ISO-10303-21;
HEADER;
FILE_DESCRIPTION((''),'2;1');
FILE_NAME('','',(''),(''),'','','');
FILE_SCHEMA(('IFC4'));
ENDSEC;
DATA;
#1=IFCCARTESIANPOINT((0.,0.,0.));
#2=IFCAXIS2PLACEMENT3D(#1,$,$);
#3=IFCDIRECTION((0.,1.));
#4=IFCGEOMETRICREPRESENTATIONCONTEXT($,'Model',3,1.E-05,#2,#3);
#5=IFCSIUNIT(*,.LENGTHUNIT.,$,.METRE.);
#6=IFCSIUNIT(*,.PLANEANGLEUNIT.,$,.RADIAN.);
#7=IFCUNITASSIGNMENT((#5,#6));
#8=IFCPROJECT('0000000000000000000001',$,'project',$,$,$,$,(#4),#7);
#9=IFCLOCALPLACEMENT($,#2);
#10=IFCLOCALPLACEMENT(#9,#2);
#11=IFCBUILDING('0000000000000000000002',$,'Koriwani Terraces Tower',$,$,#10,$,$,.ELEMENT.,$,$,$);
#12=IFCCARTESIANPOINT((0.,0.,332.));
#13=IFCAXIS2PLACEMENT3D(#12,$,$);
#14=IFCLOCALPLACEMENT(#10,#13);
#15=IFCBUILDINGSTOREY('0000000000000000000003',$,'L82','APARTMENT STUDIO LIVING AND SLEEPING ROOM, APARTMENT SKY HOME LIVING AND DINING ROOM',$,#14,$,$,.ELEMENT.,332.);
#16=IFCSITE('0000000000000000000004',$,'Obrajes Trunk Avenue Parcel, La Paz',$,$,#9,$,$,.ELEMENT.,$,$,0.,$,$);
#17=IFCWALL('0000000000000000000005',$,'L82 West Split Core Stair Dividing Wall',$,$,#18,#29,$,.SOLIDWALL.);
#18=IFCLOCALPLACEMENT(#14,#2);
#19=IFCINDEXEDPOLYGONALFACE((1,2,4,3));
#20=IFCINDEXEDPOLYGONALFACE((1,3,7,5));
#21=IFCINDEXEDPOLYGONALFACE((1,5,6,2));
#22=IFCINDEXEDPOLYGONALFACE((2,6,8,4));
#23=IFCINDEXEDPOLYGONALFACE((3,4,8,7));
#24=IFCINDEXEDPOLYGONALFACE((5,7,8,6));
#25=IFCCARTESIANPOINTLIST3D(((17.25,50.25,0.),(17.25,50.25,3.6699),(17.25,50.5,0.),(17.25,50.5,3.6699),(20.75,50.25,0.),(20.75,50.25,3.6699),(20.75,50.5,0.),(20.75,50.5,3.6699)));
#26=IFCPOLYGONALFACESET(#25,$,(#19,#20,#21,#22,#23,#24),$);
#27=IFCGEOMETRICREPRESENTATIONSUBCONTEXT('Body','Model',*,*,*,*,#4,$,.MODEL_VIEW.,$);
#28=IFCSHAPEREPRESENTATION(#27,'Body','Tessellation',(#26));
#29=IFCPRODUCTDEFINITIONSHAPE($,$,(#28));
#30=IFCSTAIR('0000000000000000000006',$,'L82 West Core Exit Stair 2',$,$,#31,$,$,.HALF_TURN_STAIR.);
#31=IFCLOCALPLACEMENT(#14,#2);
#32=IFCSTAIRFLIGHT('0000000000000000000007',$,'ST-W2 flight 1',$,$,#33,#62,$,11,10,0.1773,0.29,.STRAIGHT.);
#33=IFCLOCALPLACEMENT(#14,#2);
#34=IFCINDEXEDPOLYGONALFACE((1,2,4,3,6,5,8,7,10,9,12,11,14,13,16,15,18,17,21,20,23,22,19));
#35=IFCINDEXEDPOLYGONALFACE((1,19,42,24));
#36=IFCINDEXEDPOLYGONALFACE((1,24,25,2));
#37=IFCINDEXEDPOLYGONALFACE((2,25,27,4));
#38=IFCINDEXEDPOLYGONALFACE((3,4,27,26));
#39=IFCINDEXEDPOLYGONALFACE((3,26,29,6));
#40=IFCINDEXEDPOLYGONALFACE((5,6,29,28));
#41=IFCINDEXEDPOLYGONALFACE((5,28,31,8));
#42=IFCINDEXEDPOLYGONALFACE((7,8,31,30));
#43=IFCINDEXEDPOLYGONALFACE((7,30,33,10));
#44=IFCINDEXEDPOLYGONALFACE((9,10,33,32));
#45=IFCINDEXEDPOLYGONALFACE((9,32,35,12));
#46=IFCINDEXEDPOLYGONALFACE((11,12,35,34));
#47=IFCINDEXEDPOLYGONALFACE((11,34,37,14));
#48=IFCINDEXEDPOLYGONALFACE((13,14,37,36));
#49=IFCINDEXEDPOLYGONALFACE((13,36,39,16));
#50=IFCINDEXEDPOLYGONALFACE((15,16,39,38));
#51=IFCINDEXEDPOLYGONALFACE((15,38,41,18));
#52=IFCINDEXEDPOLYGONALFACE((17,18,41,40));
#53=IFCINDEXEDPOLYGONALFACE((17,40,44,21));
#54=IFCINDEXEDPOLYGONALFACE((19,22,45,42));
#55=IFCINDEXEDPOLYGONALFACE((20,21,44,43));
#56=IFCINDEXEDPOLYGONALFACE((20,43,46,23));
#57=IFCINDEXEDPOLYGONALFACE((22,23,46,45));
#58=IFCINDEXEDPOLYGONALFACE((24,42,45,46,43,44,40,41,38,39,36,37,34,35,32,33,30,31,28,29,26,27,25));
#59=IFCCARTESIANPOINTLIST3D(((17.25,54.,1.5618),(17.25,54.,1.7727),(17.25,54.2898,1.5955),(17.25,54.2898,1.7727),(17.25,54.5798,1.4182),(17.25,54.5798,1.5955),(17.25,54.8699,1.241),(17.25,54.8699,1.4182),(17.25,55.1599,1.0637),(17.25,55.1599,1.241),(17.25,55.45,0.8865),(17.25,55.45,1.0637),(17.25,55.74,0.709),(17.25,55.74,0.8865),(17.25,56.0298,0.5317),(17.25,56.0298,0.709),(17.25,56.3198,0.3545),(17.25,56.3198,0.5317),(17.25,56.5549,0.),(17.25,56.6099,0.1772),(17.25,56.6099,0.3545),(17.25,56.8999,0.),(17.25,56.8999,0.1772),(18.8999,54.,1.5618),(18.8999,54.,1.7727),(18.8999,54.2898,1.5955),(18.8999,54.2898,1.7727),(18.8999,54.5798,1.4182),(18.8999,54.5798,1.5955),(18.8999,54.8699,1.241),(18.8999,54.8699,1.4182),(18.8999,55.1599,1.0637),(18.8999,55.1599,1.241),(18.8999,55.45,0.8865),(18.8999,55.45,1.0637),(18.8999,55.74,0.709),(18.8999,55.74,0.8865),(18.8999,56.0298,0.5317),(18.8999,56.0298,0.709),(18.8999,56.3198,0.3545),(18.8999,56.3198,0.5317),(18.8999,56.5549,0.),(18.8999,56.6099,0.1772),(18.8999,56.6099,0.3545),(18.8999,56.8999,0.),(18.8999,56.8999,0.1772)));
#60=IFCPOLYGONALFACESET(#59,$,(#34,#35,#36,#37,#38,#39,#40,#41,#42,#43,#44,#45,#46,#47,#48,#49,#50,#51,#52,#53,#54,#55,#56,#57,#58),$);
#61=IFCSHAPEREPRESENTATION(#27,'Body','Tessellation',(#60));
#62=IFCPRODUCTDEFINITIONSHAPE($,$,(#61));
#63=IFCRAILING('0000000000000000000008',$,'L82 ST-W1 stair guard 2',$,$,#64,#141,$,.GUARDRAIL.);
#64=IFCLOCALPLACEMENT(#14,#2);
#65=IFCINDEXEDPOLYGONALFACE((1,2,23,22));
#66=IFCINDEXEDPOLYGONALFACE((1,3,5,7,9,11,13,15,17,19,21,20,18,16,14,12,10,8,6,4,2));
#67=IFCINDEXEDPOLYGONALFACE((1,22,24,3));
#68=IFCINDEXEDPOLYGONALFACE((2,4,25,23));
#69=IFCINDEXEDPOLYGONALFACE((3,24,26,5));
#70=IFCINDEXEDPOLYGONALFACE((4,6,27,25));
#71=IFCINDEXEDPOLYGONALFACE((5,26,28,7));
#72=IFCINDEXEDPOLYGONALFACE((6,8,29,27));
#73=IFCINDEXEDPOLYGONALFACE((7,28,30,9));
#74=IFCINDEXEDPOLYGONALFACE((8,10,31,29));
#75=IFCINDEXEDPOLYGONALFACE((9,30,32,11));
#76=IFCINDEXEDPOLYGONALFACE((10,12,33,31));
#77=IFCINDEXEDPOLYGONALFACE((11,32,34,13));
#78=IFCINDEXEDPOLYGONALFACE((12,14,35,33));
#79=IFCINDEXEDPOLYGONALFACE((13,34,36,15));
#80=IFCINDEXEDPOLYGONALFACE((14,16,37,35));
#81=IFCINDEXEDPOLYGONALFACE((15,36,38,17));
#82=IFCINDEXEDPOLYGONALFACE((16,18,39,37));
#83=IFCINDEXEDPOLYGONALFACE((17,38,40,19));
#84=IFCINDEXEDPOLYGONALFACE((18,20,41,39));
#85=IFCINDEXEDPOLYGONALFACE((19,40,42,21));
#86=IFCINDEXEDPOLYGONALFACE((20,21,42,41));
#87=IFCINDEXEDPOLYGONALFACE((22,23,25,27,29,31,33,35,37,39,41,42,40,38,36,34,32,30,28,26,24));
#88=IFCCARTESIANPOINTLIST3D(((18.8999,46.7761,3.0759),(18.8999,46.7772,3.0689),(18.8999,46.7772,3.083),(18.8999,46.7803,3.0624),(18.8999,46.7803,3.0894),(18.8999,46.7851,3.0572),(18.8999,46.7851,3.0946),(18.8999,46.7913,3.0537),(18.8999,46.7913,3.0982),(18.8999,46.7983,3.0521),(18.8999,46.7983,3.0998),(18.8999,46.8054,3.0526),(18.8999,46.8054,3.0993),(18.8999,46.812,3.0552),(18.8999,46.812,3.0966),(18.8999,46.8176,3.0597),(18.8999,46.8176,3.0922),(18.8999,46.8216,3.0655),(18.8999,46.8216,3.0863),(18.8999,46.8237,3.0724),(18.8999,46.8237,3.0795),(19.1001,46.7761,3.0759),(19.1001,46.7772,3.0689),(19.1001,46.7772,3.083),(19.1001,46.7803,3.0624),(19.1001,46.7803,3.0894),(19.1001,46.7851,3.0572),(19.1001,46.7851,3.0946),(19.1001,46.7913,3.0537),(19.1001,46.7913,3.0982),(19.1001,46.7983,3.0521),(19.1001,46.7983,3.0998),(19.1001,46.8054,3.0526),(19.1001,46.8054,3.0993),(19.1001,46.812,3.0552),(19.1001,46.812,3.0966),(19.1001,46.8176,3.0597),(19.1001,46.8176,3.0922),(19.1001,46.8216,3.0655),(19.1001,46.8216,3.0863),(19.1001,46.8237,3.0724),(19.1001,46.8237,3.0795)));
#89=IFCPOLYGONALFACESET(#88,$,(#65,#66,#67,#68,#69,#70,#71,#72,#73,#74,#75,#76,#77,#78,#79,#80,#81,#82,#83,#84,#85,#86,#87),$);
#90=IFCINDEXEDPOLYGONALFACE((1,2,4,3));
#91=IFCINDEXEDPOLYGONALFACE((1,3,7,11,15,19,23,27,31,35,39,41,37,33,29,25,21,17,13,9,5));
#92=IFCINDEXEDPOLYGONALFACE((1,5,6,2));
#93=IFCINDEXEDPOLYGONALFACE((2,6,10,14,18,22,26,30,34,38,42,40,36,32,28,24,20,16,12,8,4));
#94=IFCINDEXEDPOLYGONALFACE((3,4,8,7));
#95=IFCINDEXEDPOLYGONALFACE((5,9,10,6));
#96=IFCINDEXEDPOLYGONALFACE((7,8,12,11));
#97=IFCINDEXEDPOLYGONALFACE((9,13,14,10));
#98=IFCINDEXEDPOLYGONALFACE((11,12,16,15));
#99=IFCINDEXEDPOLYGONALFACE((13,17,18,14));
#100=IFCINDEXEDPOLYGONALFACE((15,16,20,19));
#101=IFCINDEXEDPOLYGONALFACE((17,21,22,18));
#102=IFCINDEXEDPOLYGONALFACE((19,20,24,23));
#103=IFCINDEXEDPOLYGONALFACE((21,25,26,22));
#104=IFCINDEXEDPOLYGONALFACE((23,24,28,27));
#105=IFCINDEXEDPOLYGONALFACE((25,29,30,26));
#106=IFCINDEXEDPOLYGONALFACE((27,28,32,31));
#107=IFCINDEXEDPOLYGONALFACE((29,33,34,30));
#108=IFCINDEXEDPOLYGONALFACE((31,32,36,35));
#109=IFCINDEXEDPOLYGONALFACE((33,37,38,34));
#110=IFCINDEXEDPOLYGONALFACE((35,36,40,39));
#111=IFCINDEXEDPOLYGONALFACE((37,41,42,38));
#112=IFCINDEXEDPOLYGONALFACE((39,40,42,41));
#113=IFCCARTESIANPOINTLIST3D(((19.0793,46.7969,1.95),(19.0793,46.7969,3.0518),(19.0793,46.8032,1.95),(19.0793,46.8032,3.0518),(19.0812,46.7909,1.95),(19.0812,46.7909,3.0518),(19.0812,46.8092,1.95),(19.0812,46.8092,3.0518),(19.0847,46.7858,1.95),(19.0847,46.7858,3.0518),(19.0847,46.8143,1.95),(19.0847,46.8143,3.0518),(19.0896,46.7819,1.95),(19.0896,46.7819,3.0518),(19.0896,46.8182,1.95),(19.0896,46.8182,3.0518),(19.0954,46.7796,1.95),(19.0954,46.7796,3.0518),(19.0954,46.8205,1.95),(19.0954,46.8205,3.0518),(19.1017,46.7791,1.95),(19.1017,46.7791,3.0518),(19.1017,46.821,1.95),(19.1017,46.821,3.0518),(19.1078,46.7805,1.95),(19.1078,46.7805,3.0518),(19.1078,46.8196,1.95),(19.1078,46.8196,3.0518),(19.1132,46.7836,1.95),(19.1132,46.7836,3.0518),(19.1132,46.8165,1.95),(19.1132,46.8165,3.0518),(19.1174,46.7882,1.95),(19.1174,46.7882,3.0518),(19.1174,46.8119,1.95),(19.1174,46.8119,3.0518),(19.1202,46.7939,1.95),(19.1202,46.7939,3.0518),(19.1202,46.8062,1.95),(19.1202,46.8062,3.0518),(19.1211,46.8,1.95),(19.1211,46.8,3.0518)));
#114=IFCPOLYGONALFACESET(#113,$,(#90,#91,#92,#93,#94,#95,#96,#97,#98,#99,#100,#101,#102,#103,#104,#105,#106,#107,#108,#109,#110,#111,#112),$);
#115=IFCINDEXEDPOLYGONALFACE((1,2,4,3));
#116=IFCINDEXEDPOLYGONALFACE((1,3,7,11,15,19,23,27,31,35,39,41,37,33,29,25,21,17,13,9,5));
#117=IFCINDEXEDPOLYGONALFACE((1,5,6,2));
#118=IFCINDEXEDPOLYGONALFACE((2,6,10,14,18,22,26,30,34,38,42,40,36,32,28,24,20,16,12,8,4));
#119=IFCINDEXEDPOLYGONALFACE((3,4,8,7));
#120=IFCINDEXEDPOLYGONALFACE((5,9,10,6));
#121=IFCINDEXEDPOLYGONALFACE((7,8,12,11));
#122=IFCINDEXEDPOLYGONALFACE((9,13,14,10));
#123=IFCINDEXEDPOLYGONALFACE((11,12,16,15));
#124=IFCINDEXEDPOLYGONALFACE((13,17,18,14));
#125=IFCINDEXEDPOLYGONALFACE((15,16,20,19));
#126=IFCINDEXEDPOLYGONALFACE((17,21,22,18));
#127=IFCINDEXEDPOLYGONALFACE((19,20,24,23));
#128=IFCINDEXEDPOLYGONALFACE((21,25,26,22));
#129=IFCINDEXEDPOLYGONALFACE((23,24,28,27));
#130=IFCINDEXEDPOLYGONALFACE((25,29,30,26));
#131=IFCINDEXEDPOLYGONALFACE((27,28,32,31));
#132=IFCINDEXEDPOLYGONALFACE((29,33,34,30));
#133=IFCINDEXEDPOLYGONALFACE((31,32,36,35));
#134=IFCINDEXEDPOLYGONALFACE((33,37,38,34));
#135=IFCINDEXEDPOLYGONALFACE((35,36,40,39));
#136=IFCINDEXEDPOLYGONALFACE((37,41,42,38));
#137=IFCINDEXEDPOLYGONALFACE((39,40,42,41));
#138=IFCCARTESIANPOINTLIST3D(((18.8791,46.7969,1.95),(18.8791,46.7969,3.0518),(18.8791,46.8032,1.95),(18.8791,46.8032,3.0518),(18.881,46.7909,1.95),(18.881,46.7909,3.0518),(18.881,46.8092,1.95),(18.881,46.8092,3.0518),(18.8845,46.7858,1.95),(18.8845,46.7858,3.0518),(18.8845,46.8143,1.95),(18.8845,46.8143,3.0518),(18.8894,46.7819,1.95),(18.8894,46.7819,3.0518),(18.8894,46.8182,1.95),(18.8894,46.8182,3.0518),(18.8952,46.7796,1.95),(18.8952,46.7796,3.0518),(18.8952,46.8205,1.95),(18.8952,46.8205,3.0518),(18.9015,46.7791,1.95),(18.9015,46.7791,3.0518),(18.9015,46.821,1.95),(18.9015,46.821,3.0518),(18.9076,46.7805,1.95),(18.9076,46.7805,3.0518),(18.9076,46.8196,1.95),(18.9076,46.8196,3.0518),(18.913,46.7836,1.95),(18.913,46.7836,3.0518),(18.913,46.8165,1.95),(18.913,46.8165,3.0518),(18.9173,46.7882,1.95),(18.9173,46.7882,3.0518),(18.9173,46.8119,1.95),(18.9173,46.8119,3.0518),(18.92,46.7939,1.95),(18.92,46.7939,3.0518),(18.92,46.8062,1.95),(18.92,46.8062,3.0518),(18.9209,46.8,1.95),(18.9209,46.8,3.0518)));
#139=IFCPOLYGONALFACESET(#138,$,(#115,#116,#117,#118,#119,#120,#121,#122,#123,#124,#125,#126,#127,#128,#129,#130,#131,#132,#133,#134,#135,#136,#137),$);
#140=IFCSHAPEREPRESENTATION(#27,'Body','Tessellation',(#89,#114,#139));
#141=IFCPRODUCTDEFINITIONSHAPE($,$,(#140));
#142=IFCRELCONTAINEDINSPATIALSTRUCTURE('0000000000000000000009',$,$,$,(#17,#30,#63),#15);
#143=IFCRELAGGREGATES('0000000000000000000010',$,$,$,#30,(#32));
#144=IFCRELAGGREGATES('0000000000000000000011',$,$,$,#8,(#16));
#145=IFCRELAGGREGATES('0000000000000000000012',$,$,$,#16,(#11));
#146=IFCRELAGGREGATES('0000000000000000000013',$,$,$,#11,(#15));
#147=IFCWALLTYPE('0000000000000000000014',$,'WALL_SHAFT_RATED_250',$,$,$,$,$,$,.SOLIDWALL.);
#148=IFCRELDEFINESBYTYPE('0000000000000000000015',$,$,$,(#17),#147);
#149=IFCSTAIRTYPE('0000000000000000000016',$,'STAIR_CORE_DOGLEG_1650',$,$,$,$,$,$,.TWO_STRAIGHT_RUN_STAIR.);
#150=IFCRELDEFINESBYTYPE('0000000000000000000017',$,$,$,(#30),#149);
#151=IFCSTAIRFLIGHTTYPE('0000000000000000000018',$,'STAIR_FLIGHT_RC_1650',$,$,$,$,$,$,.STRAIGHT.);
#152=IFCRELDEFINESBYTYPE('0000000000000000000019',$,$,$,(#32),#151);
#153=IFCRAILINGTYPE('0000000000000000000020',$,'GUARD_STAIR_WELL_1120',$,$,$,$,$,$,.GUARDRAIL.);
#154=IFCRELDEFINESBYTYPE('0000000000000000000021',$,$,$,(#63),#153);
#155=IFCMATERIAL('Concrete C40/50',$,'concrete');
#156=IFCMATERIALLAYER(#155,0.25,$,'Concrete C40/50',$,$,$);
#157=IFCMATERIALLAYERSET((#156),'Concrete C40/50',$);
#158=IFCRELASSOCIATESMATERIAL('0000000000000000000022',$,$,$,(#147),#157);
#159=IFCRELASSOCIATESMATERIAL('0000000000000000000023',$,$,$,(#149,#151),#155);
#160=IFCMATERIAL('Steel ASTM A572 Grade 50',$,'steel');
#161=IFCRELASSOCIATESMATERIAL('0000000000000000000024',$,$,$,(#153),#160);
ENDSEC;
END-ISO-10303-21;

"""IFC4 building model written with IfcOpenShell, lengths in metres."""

from ifc_helpers import new_model, si_unit, direction, frame, frame_2d, origin, origin_2d, place, context, subcontext, project, spatial, polyline, rectangle, circle, outline, extrude, material, layer, layer_set, type_object, element, aggregate, save


model = new_model("IFC4")

# Units and contexts
model_context = context("Model", 3, precision=1e-05, world=origin(), true_north=direction((0.0, 1.0)))
body_context = subcontext(model_context, "Body", "Model", "MODEL_VIEW")
ifc_project = project(units=[si_unit("LENGTHUNIT", "METRE"), si_unit("PLANEANGLEUNIT", "RADIAN")], contexts=[model_context])

# Site, building, storey
site_placement = place(None, origin())
site = spatial("IfcSite", under=ifc_project, at=site_placement, Name="Obrajes Trunk Avenue Parcel, La Paz", CompositionType="ELEMENT", RefElevation=0.0)
building_placement = place(site_placement, origin())
building = spatial("IfcBuilding", under=site, at=building_placement, Name="Koriwani Terraces Tower", CompositionType="ELEMENT")
storey_placement = place(building_placement, frame((0.0, 0.0, 332.0)))
storey = spatial("IfcBuildingStorey", under=building, at=storey_placement, Name="L82", Description="APARTMENT STUDIO LIVING AND SLEEPING ROOM, APARTMENT SKY HOME LIVING AND DINING ROOM", CompositionType="ELEMENT", Elevation=332.0)

# Shared definitions
ifc_material_1 = material(Name="Concrete C40/50", Category="concrete")

# Wall
ifc_layer_1 = layer(ifc_material_1, 0.25, Name="Concrete C40/50")
ifc_layer_set_1 = layer_set([ifc_layer_1], Name="Concrete C40/50")
wall_type_1 = type_object("IfcWallType", Name="WALL_SHAFT_RATED_250", PredefinedType="SOLIDWALL", material=ifc_layer_set_1)
wall_1_placement = place(storey_placement, frame((17.25, 50.375, 0.0), z_axis=(0.0, 0.0, 1.0), x_axis=(1.0, 0.0, 0.0)))
element("IfcWall", 1, at=wall_1_placement, inside=storey, type_object=wall_type_1, Name="L82 West Split Core Stair Dividing Wall", PredefinedType="SOLIDWALL", context=body_context, shape_type="SweptSolid", body=[
    extrude(rectangle(XDim=3.5, YDim=0.25, at=frame_2d((1.75, 0.0))), origin(), (0.0, 0.0, 1.0), 3.6699),
])

# Shared definitions
ifc_material_2 = material(Name="Steel ASTM A572 Grade 50", Category="steel")

# Stair, stair flight
stair_type = type_object("IfcStairType", Name="STAIR_CORE_DOGLEG_1650", PredefinedType="TWO_STRAIGHT_RUN_STAIR", material=ifc_material_1)
stair_placement = place(storey_placement, origin())
stair = element("IfcStair", 2, at=stair_placement, inside=storey, type_object=stair_type, Name="L82 West Core Exit Stair 2", PredefinedType="HALF_TURN_STAIR")
stair_flight_type = type_object("IfcStairFlightType", Name="STAIR_FLIGHT_RC_1650", PredefinedType="STRAIGHT", material=ifc_material_1)
stair_flight_placement = place(storey_placement, frame((18.075, 56.8999, 0.0), z_axis=(0.0, 0.0, 1.0), x_axis=(0.0, -1.0, 0.0)))
stair_flight = element("IfcStairFlight", 3, at=stair_flight_placement, type_object=stair_flight_type, Name="ST-W2 flight 1", NumberOfRisers=11, NumberOfTreads=10, PredefinedType="STRAIGHT", RiserHeight=0.1773, TreadLength=0.29, context=body_context, shape_type="SweptSolid", body=[
    extrude(outline(polyline([(0.0, 0.0), (0.0, 0.1772), (0.29, 0.1772), (0.29, 0.3545), (0.5801, 0.3545), (0.5801, 0.5317), (0.8701, 0.5317), (0.8701, 0.709), (1.1599, 0.709), (1.1599, 0.8865), (1.45, 0.8865), (1.45, 1.0637), (1.74, 1.0637), (1.74, 1.241), (2.03, 1.241), (2.03, 1.4182), (2.3201, 1.4182), (2.3201, 1.5955), (2.6101, 1.5955), (2.6101, 1.7727), (2.8999, 1.7727), (2.8999, 1.95), (2.8999, 1.5618), (0.345, 0.0), (0.0, 0.0)])), frame((0.0, 0.825, 0.0), z_axis=(0.0, -1.0, 0.0), x_axis=(1.0, 0.0, 0.0)), (0.0, 0.0, 1.0), 1.6499),
])
aggregate(stair, [stair_flight])

# Railing
railing_type_1 = type_object("IfcRailingType", Name="GUARD_STAIR_WELL_1120", PredefinedType="GUARDRAIL", material=ifc_material_2)
railing_1_placement = place(storey_placement, frame((19.1001, 46.8, 1.95)))
element("IfcRailing", 4, at=railing_1_placement, inside=storey, type_object=railing_type_1, Name="L82 ST-W1 stair guard 2", PredefinedType="GUARDRAIL", context=body_context, shape_type="SweptSolid", body=[
    extrude(circle(Radius=0.0239, at=origin_2d()), frame((0.0, 0.0, 1.126), z_axis=(-1.0, 0.0, 0.0), x_axis=(0.0, -1.0, 0.0)), (0.0, 0.0, 1.0), 0.2002),
    extrude(circle(Radius=0.021, at=origin_2d()), origin(), (0.0, 0.0, 1.0), 1.1018),
    extrude(circle(Radius=0.021, at=origin_2d()), frame((-0.2002, 0.0, 0.0)), (0.0, 0.0, 1.0), 1.1018),
])

save(model, "model.ifc")
